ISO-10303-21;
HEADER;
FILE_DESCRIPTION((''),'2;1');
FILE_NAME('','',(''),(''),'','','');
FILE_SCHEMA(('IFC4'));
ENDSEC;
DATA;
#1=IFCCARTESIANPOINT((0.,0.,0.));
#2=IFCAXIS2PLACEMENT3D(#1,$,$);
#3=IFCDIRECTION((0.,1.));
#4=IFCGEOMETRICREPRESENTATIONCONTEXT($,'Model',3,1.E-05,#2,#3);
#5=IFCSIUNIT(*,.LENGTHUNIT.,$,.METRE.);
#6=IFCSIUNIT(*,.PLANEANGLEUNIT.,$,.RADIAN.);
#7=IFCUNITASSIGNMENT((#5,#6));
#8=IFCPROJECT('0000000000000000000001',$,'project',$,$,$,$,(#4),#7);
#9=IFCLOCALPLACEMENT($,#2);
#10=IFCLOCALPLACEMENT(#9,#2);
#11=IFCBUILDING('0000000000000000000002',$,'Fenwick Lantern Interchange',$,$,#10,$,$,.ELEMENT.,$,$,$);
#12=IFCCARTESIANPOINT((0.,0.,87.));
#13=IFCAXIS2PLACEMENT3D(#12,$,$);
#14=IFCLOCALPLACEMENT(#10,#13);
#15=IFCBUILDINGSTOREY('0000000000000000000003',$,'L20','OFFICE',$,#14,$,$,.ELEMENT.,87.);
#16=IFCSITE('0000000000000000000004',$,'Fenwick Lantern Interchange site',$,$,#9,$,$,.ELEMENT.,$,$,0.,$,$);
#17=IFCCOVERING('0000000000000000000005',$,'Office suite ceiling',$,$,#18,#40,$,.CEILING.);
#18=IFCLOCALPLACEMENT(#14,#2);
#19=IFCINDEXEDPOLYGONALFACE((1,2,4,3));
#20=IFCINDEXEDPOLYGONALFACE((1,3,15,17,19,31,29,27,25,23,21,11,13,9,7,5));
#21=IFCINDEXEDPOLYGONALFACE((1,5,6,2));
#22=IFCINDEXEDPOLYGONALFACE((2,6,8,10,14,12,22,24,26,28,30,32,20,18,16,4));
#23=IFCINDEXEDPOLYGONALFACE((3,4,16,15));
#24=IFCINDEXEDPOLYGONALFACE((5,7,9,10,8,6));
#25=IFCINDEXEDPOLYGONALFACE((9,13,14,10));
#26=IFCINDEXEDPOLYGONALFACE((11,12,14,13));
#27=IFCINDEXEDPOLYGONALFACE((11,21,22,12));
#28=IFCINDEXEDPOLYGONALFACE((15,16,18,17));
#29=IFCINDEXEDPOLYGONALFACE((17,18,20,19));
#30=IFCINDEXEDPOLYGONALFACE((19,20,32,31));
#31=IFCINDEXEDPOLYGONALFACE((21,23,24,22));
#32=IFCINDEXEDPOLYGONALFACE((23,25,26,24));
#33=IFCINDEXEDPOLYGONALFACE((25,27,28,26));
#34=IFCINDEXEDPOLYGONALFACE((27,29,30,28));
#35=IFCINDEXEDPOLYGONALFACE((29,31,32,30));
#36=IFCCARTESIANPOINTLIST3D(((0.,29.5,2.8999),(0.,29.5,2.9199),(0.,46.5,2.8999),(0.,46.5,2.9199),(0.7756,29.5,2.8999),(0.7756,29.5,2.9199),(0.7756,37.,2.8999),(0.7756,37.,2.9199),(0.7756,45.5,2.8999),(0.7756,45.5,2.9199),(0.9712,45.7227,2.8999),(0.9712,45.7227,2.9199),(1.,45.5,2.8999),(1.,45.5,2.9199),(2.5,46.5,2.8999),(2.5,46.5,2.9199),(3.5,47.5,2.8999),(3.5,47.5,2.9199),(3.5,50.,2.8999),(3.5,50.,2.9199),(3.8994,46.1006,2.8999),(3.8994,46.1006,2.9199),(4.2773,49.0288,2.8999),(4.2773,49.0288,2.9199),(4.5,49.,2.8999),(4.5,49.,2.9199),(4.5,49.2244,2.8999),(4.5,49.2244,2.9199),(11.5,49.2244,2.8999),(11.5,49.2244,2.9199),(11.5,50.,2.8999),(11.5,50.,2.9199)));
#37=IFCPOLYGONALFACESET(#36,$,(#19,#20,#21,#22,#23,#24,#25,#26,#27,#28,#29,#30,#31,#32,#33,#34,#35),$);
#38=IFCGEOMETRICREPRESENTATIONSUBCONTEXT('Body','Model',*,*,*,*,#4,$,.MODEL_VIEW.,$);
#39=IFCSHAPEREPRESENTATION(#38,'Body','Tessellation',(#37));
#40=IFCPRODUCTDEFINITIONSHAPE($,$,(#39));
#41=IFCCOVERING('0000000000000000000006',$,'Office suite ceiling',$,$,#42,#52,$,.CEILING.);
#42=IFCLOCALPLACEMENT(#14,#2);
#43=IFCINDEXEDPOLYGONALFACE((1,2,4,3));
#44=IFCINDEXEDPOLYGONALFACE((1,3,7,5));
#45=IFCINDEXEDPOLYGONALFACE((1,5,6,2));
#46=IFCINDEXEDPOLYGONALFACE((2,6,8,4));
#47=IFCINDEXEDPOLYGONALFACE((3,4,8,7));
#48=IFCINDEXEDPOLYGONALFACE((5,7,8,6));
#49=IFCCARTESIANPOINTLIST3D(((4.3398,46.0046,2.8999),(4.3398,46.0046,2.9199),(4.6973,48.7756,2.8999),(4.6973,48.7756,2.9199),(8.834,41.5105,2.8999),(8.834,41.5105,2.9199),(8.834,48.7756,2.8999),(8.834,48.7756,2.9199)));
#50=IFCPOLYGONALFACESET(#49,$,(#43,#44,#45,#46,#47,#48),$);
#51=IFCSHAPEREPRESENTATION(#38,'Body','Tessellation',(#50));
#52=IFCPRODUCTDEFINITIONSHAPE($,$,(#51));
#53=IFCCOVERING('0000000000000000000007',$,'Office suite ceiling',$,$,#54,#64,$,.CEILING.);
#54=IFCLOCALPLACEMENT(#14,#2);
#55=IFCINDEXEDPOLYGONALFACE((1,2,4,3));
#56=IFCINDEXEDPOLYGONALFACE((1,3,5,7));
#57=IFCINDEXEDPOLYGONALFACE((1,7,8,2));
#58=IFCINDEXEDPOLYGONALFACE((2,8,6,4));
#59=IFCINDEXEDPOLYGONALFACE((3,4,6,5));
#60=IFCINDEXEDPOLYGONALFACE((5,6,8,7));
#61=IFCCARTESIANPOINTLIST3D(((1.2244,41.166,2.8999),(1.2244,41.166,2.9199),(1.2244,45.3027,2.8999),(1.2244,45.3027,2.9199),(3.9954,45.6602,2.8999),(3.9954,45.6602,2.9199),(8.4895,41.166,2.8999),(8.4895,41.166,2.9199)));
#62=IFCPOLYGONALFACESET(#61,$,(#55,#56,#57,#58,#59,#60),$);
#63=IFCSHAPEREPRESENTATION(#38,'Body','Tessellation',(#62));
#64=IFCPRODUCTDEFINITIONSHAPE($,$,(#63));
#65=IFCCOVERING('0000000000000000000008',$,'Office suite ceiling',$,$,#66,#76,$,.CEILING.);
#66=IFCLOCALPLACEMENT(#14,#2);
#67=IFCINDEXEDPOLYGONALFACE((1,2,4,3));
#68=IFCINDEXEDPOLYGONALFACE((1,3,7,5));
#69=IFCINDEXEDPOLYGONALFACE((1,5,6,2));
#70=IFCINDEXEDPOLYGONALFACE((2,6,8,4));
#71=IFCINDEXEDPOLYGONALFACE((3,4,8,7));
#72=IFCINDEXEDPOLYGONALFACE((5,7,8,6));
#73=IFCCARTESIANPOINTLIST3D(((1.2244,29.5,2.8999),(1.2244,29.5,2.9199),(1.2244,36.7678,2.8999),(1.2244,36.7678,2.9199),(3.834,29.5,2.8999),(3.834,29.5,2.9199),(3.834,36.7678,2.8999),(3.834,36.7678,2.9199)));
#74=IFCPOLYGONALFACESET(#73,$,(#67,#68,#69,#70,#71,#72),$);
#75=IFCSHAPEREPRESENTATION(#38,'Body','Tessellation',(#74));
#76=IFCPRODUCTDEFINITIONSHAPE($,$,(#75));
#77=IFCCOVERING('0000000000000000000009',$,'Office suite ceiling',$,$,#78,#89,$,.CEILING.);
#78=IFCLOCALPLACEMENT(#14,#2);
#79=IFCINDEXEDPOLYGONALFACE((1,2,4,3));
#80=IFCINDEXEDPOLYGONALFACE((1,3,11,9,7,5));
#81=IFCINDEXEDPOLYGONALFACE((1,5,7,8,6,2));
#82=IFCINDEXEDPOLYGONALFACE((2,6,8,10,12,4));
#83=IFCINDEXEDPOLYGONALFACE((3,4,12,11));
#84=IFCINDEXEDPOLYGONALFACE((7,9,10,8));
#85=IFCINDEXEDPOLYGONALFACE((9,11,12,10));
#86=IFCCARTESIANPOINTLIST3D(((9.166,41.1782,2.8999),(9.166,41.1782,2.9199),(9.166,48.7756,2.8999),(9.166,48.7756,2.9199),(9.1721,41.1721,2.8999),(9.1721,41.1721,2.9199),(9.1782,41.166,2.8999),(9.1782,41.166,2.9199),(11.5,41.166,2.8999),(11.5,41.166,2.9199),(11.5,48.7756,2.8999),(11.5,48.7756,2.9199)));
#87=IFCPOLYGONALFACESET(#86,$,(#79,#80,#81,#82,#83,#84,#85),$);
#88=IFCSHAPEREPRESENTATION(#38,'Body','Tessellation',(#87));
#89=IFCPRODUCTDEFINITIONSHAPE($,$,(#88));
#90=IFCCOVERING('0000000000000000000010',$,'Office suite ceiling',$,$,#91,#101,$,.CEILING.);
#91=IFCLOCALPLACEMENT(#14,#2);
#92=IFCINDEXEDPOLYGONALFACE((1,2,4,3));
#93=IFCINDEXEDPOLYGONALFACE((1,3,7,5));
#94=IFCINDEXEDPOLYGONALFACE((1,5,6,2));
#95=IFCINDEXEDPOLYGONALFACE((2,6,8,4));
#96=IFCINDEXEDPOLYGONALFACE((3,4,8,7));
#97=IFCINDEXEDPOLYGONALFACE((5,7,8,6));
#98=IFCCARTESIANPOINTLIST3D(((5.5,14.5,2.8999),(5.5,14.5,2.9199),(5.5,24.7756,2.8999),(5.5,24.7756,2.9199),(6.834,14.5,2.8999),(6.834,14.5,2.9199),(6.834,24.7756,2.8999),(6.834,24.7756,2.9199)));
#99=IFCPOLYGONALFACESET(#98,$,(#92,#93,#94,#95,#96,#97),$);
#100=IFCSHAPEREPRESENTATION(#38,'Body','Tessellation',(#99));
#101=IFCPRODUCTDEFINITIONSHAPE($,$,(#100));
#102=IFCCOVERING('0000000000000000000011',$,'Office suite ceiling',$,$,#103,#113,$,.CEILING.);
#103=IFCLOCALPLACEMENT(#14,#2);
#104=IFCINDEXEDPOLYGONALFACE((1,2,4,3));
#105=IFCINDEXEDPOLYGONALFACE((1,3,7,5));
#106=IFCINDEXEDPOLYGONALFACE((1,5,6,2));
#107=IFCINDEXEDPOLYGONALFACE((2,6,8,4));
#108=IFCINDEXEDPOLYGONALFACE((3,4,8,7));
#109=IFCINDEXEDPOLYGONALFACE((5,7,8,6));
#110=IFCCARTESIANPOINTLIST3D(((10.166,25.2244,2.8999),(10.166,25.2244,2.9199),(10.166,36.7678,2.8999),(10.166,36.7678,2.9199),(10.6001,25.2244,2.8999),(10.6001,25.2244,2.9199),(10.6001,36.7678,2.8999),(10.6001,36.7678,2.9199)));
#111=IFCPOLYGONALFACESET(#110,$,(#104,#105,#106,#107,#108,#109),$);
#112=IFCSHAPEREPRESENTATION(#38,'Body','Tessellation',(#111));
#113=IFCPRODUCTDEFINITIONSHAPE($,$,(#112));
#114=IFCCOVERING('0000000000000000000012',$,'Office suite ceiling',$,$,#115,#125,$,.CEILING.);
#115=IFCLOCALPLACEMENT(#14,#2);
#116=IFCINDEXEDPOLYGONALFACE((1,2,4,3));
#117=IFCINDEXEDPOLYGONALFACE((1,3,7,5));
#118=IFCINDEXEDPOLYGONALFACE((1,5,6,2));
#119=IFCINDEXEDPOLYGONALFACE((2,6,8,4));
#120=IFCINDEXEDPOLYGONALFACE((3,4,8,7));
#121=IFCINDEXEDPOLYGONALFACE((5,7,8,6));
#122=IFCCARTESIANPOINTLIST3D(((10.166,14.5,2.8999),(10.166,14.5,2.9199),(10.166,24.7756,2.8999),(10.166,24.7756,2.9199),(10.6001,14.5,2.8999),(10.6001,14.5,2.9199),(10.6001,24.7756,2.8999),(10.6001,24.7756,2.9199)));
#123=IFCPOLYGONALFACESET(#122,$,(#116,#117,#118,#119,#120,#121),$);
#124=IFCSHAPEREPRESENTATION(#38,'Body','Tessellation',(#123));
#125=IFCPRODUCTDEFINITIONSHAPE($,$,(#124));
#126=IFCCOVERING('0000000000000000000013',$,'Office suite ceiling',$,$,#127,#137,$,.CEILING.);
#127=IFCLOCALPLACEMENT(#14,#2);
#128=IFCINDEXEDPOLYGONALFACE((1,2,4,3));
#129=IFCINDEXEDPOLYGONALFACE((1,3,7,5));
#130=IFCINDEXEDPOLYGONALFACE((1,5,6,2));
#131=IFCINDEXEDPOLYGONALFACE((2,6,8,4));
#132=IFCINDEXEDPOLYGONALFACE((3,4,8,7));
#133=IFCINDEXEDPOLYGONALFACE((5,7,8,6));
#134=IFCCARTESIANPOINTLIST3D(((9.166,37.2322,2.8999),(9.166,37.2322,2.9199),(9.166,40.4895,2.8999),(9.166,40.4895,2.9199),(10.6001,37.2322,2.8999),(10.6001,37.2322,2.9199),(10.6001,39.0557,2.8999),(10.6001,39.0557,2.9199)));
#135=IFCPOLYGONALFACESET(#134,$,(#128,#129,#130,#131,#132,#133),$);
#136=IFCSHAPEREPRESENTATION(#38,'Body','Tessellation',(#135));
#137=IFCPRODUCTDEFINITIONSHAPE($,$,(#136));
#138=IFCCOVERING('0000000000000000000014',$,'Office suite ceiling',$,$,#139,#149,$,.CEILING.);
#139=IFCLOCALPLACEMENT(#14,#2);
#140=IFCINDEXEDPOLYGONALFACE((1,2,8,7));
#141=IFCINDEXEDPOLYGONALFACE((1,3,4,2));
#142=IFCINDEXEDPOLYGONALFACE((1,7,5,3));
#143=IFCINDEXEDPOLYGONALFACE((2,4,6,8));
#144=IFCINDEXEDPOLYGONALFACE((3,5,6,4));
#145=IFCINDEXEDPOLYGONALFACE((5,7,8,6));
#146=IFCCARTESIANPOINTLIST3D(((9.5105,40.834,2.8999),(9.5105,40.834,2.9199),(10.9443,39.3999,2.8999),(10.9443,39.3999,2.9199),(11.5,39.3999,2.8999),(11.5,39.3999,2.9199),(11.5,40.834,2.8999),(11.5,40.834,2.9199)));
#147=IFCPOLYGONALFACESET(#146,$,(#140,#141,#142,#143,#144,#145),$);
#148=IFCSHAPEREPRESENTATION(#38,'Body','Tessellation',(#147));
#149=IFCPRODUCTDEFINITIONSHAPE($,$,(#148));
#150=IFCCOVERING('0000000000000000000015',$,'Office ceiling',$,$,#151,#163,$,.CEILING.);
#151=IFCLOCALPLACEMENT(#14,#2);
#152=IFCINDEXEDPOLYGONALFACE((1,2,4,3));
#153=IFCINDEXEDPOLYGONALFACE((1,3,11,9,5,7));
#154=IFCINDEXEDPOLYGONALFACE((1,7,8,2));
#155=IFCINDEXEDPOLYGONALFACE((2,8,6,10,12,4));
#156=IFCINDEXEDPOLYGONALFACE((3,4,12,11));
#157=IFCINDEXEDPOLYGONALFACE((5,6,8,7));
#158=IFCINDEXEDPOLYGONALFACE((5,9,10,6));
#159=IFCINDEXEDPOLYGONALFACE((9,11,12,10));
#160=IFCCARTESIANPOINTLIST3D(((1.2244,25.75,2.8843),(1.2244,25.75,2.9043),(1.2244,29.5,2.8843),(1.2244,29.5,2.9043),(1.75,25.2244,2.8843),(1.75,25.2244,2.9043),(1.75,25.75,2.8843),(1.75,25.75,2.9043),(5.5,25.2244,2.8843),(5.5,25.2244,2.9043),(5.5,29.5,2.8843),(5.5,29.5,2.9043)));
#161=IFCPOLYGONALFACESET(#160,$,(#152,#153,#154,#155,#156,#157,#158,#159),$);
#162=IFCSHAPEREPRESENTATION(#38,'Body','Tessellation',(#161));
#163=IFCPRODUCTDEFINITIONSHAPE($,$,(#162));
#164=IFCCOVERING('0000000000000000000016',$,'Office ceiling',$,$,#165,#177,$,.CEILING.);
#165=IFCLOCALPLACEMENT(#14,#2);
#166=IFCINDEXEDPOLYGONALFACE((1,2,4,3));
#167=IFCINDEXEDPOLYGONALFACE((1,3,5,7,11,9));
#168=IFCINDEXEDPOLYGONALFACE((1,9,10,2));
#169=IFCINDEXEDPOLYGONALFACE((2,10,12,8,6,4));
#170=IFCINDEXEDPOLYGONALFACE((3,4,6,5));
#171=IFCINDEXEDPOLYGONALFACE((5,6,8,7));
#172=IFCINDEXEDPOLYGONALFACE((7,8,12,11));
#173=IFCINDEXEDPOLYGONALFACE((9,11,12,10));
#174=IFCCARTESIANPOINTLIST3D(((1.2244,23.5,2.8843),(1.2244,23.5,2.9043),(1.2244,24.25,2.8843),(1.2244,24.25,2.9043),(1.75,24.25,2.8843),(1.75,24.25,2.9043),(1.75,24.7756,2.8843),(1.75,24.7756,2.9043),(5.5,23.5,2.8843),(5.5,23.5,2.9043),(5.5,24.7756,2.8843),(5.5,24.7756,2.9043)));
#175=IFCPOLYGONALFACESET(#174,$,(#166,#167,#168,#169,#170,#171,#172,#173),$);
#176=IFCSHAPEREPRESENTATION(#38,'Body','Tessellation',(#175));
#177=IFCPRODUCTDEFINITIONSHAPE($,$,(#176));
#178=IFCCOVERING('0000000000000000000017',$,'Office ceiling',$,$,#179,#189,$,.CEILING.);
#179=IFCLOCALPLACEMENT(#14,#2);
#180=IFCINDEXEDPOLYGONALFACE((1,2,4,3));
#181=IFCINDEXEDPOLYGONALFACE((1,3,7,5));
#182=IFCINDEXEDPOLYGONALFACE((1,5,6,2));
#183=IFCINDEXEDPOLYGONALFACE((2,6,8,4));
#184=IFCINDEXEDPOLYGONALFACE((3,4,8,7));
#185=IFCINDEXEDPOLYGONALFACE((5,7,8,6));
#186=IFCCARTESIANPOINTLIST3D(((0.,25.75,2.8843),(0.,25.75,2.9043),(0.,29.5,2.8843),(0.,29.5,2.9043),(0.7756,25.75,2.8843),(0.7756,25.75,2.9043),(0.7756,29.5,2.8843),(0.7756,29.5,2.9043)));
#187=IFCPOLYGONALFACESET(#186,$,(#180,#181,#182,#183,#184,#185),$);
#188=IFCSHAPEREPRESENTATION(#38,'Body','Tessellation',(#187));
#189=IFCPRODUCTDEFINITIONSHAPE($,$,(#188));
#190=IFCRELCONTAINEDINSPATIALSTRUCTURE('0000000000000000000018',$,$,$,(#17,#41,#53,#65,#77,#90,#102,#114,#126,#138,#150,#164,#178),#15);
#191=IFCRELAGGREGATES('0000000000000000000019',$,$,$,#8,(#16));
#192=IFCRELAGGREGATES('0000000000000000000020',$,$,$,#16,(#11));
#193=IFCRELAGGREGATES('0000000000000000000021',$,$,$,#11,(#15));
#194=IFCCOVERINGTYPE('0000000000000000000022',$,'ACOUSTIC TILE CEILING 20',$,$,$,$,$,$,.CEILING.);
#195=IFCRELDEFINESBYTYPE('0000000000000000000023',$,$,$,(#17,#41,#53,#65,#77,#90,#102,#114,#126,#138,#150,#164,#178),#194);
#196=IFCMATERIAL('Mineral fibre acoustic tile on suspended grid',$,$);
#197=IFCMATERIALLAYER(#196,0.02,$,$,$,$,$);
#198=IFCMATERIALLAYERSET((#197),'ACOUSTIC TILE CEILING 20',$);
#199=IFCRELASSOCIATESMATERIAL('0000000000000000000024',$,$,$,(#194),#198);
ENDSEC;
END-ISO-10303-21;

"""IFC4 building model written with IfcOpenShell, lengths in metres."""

from ifc_helpers import new_model, si_unit, direction, frame, origin, place, context, subcontext, project, spatial, polyline, outline, extrude, material, layer, layer_set, type_object, element, save


model = new_model("IFC4")

# Units and contexts
model_context = context("Model", 3, precision=1e-05, world=origin(), true_north=direction((0.0, 1.0)))
body_context = subcontext(model_context, "Body", "Model", "MODEL_VIEW")
ifc_project = project(units=[si_unit("LENGTHUNIT", "METRE"), si_unit("PLANEANGLEUNIT", "RADIAN")], contexts=[model_context])

# Site, building, storey
site_placement = place(None, origin())
site = spatial("IfcSite", under=ifc_project, at=site_placement, Name="Fenwick Lantern Interchange site", CompositionType="ELEMENT", RefElevation=0.0)
building_placement = place(site_placement, origin())
building = spatial("IfcBuilding", under=site, at=building_placement, Name="Fenwick Lantern Interchange", CompositionType="ELEMENT")
storey_placement = place(building_placement, frame((0.0, 0.0, 87.0)))
storey = spatial("IfcBuildingStorey", under=building, at=storey_placement, Name="L20", Description="OFFICE", CompositionType="ELEMENT", Elevation=87.0)

# Coverings
ifc_material_1 = material(Name="Mineral fibre acoustic tile on suspended grid")
ifc_layer_1 = layer(ifc_material_1, 0.02)
ifc_layer_set_1 = layer_set([ifc_layer_1], Name="ACOUSTIC TILE CEILING 20")
covering_type_1 = type_object("IfcCoveringType", Name="ACOUSTIC TILE CEILING 20", PredefinedType="CEILING", material=ifc_layer_set_1)
covering_1_placement = place(storey_placement, frame((0.0, 0.0, 2.8999)))
element("IfcCovering", 1, at=covering_1_placement, inside=storey, type_object=covering_type_1, Name="Office suite ceiling", PredefinedType="CEILING", context=body_context, shape_type="SweptSolid", body=[
    extrude(outline(polyline([(0.0, 46.5), (0.0, 29.5), (0.7756, 29.5), (0.7756, 37.0), (0.7756, 37.0), (0.7756, 45.5), (1.0, 45.5), (0.9712, 45.7227), (3.8994, 46.1006), (4.2773, 49.0288), (4.5, 49.0), (4.5, 49.2244), (11.5, 49.2244), (11.5, 50.0), (3.5, 50.0), (3.5, 47.5), (2.5, 46.5), (0.0, 46.5)])), origin(), (0.0, 0.0, 1.0), 0.02),
])
covering_2_placement = place(storey_placement, frame((0.0, 0.0, 2.8999)))
element("IfcCovering", 2, at=covering_2_placement, inside=storey, type_object=covering_type_1, Name="Office suite ceiling", PredefinedType="CEILING", context=body_context, shape_type="SweptSolid", body=[
    extrude(outline(polyline([(4.6973, 48.7756), (4.3398, 46.0046), (8.834, 41.5105), (8.834, 48.7756), (4.6973, 48.7756)])), origin(), (0.0, 0.0, 1.0), 0.02),
])
covering_3_placement = place(storey_placement, frame((0.0, 0.0, 2.8999)))
element("IfcCovering", 3, at=covering_3_placement, inside=storey, type_object=covering_type_1, Name="Office suite ceiling", PredefinedType="CEILING", context=body_context, shape_type="SweptSolid", body=[
    extrude(outline(polyline([(8.4895, 41.166), (3.9954, 45.6602), (1.2244, 45.3027), (1.2244, 41.166), (8.4895, 41.166)])), origin(), (0.0, 0.0, 1.0), 0.02),
])
covering_4_placement = place(storey_placement, frame((0.0, 0.0, 2.8999)))
element("IfcCovering", 4, at=covering_4_placement, inside=storey, type_object=covering_type_1, Name="Office suite ceiling", PredefinedType="CEILING", context=body_context, shape_type="SweptSolid", body=[
    extrude(outline(polyline([(1.2244, 29.5), (3.834, 29.5), (3.834, 36.7678), (1.2244, 36.7678), (1.2244, 29.5)])), origin(), (0.0, 0.0, 1.0), 0.02),
])
covering_5_placement = place(storey_placement, frame((0.0, 0.0, 2.8999)))
element("IfcCovering", 5, at=covering_5_placement, inside=storey, type_object=covering_type_1, Name="Office suite ceiling", PredefinedType="CEILING", context=body_context, shape_type="SweptSolid", body=[
    extrude(outline(polyline([(11.5, 41.166), (11.5, 48.7756), (9.166, 48.7756), (9.166, 41.1782), (9.1721, 41.1721), (9.1782, 41.166), (11.5, 41.166)])), origin(), (0.0, 0.0, 1.0), 0.02),
])
covering_6_placement = place(storey_placement, frame((0.0, 0.0, 2.8999)))
element("IfcCovering", 6, at=covering_6_placement, inside=storey, type_object=covering_type_1, Name="Office suite ceiling", PredefinedType="CEILING", context=body_context, shape_type="SweptSolid", body=[
    extrude(outline(polyline([(5.5, 14.5), (6.834, 14.5), (6.834, 24.7756), (5.5, 24.7756), (5.5, 14.5)])), origin(), (0.0, 0.0, 1.0), 0.02),
])
covering_7_placement = place(storey_placement, frame((0.0, 0.0, 2.8999)))
element("IfcCovering", 7, at=covering_7_placement, inside=storey, type_object=covering_type_1, Name="Office suite ceiling", PredefinedType="CEILING", context=body_context, shape_type="SweptSolid", body=[
    extrude(outline(polyline([(10.6001, 25.2244), (10.6001, 36.7678), (10.166, 36.7678), (10.166, 25.2244), (10.6001, 25.2244)])), origin(), (0.0, 0.0, 1.0), 0.02),
])
covering_8_placement = place(storey_placement, frame((0.0, 0.0, 2.8999)))
element("IfcCovering", 8, at=covering_8_placement, inside=storey, type_object=covering_type_1, Name="Office suite ceiling", PredefinedType="CEILING", context=body_context, shape_type="SweptSolid", body=[
    extrude(outline(polyline([(10.6001, 14.5), (10.6001, 24.7756), (10.166, 24.7756), (10.166, 14.5), (10.6001, 14.5)])), origin(), (0.0, 0.0, 1.0), 0.02),
])
covering_9_placement = place(storey_placement, frame((0.0, 0.0, 2.8999)))
element("IfcCovering", 9, at=covering_9_placement, inside=storey, type_object=covering_type_1, Name="Office suite ceiling", PredefinedType="CEILING", context=body_context, shape_type="SweptSolid", body=[
    extrude(outline(polyline([(10.6001, 37.2322), (10.6001, 39.0557), (9.166, 40.4895), (9.166, 37.2322), (10.6001, 37.2322)])), origin(), (0.0, 0.0, 1.0), 0.02),
])
covering_10_placement = place(storey_placement, frame((0.0, 0.0, 2.8999)))
element("IfcCovering", 10, at=covering_10_placement, inside=storey, type_object=covering_type_1, Name="Office suite ceiling", PredefinedType="CEILING", context=body_context, shape_type="SweptSolid", body=[
    extrude(outline(polyline([(11.5, 39.3999), (11.5, 40.834), (9.5105, 40.834), (10.9443, 39.3999), (11.5, 39.3999)])), origin(), (0.0, 0.0, 1.0), 0.02),
])
covering_11_placement = place(storey_placement, frame((0.0, 0.0, 2.8843)))
element("IfcCovering", 11, at=covering_11_placement, inside=storey, type_object=covering_type_1, Name="Office ceiling", PredefinedType="CEILING", context=body_context, shape_type="SweptSolid", body=[
    extrude(outline(polyline([(5.5, 29.5), (1.2244, 29.5), (1.2244, 25.75), (1.75, 25.75), (1.75, 25.2244), (5.5, 25.2244), (5.5, 29.5)])), origin(), (0.0, 0.0, 1.0), 0.02),
])
covering_12_placement = place(storey_placement, frame((0.0, 0.0, 2.8843)))
element("IfcCovering", 12, at=covering_12_placement, inside=storey, type_object=covering_type_1, Name="Office ceiling", PredefinedType="CEILING", context=body_context, shape_type="SweptSolid", body=[
    extrude(outline(polyline([(5.5, 23.5), (5.5, 24.7756), (1.75, 24.7756), (1.75, 24.25), (1.2244, 24.25), (1.2244, 23.5), (5.5, 23.5)])), origin(), (0.0, 0.0, 1.0), 0.02),
])
covering_13_placement = place(storey_placement, frame((0.0, 0.0, 2.8843)))
element("IfcCovering", 13, at=covering_13_placement, inside=storey, type_object=covering_type_1, Name="Office ceiling", PredefinedType="CEILING", context=body_context, shape_type="SweptSolid", body=[
    extrude(outline(polyline([(0.7756, 29.5), (0.0, 29.5), (0.0, 25.75), (0.7756, 25.75), (0.7756, 29.5)])), origin(), (0.0, 0.0, 1.0), 0.02),
])

save(model, "model.ifc")
